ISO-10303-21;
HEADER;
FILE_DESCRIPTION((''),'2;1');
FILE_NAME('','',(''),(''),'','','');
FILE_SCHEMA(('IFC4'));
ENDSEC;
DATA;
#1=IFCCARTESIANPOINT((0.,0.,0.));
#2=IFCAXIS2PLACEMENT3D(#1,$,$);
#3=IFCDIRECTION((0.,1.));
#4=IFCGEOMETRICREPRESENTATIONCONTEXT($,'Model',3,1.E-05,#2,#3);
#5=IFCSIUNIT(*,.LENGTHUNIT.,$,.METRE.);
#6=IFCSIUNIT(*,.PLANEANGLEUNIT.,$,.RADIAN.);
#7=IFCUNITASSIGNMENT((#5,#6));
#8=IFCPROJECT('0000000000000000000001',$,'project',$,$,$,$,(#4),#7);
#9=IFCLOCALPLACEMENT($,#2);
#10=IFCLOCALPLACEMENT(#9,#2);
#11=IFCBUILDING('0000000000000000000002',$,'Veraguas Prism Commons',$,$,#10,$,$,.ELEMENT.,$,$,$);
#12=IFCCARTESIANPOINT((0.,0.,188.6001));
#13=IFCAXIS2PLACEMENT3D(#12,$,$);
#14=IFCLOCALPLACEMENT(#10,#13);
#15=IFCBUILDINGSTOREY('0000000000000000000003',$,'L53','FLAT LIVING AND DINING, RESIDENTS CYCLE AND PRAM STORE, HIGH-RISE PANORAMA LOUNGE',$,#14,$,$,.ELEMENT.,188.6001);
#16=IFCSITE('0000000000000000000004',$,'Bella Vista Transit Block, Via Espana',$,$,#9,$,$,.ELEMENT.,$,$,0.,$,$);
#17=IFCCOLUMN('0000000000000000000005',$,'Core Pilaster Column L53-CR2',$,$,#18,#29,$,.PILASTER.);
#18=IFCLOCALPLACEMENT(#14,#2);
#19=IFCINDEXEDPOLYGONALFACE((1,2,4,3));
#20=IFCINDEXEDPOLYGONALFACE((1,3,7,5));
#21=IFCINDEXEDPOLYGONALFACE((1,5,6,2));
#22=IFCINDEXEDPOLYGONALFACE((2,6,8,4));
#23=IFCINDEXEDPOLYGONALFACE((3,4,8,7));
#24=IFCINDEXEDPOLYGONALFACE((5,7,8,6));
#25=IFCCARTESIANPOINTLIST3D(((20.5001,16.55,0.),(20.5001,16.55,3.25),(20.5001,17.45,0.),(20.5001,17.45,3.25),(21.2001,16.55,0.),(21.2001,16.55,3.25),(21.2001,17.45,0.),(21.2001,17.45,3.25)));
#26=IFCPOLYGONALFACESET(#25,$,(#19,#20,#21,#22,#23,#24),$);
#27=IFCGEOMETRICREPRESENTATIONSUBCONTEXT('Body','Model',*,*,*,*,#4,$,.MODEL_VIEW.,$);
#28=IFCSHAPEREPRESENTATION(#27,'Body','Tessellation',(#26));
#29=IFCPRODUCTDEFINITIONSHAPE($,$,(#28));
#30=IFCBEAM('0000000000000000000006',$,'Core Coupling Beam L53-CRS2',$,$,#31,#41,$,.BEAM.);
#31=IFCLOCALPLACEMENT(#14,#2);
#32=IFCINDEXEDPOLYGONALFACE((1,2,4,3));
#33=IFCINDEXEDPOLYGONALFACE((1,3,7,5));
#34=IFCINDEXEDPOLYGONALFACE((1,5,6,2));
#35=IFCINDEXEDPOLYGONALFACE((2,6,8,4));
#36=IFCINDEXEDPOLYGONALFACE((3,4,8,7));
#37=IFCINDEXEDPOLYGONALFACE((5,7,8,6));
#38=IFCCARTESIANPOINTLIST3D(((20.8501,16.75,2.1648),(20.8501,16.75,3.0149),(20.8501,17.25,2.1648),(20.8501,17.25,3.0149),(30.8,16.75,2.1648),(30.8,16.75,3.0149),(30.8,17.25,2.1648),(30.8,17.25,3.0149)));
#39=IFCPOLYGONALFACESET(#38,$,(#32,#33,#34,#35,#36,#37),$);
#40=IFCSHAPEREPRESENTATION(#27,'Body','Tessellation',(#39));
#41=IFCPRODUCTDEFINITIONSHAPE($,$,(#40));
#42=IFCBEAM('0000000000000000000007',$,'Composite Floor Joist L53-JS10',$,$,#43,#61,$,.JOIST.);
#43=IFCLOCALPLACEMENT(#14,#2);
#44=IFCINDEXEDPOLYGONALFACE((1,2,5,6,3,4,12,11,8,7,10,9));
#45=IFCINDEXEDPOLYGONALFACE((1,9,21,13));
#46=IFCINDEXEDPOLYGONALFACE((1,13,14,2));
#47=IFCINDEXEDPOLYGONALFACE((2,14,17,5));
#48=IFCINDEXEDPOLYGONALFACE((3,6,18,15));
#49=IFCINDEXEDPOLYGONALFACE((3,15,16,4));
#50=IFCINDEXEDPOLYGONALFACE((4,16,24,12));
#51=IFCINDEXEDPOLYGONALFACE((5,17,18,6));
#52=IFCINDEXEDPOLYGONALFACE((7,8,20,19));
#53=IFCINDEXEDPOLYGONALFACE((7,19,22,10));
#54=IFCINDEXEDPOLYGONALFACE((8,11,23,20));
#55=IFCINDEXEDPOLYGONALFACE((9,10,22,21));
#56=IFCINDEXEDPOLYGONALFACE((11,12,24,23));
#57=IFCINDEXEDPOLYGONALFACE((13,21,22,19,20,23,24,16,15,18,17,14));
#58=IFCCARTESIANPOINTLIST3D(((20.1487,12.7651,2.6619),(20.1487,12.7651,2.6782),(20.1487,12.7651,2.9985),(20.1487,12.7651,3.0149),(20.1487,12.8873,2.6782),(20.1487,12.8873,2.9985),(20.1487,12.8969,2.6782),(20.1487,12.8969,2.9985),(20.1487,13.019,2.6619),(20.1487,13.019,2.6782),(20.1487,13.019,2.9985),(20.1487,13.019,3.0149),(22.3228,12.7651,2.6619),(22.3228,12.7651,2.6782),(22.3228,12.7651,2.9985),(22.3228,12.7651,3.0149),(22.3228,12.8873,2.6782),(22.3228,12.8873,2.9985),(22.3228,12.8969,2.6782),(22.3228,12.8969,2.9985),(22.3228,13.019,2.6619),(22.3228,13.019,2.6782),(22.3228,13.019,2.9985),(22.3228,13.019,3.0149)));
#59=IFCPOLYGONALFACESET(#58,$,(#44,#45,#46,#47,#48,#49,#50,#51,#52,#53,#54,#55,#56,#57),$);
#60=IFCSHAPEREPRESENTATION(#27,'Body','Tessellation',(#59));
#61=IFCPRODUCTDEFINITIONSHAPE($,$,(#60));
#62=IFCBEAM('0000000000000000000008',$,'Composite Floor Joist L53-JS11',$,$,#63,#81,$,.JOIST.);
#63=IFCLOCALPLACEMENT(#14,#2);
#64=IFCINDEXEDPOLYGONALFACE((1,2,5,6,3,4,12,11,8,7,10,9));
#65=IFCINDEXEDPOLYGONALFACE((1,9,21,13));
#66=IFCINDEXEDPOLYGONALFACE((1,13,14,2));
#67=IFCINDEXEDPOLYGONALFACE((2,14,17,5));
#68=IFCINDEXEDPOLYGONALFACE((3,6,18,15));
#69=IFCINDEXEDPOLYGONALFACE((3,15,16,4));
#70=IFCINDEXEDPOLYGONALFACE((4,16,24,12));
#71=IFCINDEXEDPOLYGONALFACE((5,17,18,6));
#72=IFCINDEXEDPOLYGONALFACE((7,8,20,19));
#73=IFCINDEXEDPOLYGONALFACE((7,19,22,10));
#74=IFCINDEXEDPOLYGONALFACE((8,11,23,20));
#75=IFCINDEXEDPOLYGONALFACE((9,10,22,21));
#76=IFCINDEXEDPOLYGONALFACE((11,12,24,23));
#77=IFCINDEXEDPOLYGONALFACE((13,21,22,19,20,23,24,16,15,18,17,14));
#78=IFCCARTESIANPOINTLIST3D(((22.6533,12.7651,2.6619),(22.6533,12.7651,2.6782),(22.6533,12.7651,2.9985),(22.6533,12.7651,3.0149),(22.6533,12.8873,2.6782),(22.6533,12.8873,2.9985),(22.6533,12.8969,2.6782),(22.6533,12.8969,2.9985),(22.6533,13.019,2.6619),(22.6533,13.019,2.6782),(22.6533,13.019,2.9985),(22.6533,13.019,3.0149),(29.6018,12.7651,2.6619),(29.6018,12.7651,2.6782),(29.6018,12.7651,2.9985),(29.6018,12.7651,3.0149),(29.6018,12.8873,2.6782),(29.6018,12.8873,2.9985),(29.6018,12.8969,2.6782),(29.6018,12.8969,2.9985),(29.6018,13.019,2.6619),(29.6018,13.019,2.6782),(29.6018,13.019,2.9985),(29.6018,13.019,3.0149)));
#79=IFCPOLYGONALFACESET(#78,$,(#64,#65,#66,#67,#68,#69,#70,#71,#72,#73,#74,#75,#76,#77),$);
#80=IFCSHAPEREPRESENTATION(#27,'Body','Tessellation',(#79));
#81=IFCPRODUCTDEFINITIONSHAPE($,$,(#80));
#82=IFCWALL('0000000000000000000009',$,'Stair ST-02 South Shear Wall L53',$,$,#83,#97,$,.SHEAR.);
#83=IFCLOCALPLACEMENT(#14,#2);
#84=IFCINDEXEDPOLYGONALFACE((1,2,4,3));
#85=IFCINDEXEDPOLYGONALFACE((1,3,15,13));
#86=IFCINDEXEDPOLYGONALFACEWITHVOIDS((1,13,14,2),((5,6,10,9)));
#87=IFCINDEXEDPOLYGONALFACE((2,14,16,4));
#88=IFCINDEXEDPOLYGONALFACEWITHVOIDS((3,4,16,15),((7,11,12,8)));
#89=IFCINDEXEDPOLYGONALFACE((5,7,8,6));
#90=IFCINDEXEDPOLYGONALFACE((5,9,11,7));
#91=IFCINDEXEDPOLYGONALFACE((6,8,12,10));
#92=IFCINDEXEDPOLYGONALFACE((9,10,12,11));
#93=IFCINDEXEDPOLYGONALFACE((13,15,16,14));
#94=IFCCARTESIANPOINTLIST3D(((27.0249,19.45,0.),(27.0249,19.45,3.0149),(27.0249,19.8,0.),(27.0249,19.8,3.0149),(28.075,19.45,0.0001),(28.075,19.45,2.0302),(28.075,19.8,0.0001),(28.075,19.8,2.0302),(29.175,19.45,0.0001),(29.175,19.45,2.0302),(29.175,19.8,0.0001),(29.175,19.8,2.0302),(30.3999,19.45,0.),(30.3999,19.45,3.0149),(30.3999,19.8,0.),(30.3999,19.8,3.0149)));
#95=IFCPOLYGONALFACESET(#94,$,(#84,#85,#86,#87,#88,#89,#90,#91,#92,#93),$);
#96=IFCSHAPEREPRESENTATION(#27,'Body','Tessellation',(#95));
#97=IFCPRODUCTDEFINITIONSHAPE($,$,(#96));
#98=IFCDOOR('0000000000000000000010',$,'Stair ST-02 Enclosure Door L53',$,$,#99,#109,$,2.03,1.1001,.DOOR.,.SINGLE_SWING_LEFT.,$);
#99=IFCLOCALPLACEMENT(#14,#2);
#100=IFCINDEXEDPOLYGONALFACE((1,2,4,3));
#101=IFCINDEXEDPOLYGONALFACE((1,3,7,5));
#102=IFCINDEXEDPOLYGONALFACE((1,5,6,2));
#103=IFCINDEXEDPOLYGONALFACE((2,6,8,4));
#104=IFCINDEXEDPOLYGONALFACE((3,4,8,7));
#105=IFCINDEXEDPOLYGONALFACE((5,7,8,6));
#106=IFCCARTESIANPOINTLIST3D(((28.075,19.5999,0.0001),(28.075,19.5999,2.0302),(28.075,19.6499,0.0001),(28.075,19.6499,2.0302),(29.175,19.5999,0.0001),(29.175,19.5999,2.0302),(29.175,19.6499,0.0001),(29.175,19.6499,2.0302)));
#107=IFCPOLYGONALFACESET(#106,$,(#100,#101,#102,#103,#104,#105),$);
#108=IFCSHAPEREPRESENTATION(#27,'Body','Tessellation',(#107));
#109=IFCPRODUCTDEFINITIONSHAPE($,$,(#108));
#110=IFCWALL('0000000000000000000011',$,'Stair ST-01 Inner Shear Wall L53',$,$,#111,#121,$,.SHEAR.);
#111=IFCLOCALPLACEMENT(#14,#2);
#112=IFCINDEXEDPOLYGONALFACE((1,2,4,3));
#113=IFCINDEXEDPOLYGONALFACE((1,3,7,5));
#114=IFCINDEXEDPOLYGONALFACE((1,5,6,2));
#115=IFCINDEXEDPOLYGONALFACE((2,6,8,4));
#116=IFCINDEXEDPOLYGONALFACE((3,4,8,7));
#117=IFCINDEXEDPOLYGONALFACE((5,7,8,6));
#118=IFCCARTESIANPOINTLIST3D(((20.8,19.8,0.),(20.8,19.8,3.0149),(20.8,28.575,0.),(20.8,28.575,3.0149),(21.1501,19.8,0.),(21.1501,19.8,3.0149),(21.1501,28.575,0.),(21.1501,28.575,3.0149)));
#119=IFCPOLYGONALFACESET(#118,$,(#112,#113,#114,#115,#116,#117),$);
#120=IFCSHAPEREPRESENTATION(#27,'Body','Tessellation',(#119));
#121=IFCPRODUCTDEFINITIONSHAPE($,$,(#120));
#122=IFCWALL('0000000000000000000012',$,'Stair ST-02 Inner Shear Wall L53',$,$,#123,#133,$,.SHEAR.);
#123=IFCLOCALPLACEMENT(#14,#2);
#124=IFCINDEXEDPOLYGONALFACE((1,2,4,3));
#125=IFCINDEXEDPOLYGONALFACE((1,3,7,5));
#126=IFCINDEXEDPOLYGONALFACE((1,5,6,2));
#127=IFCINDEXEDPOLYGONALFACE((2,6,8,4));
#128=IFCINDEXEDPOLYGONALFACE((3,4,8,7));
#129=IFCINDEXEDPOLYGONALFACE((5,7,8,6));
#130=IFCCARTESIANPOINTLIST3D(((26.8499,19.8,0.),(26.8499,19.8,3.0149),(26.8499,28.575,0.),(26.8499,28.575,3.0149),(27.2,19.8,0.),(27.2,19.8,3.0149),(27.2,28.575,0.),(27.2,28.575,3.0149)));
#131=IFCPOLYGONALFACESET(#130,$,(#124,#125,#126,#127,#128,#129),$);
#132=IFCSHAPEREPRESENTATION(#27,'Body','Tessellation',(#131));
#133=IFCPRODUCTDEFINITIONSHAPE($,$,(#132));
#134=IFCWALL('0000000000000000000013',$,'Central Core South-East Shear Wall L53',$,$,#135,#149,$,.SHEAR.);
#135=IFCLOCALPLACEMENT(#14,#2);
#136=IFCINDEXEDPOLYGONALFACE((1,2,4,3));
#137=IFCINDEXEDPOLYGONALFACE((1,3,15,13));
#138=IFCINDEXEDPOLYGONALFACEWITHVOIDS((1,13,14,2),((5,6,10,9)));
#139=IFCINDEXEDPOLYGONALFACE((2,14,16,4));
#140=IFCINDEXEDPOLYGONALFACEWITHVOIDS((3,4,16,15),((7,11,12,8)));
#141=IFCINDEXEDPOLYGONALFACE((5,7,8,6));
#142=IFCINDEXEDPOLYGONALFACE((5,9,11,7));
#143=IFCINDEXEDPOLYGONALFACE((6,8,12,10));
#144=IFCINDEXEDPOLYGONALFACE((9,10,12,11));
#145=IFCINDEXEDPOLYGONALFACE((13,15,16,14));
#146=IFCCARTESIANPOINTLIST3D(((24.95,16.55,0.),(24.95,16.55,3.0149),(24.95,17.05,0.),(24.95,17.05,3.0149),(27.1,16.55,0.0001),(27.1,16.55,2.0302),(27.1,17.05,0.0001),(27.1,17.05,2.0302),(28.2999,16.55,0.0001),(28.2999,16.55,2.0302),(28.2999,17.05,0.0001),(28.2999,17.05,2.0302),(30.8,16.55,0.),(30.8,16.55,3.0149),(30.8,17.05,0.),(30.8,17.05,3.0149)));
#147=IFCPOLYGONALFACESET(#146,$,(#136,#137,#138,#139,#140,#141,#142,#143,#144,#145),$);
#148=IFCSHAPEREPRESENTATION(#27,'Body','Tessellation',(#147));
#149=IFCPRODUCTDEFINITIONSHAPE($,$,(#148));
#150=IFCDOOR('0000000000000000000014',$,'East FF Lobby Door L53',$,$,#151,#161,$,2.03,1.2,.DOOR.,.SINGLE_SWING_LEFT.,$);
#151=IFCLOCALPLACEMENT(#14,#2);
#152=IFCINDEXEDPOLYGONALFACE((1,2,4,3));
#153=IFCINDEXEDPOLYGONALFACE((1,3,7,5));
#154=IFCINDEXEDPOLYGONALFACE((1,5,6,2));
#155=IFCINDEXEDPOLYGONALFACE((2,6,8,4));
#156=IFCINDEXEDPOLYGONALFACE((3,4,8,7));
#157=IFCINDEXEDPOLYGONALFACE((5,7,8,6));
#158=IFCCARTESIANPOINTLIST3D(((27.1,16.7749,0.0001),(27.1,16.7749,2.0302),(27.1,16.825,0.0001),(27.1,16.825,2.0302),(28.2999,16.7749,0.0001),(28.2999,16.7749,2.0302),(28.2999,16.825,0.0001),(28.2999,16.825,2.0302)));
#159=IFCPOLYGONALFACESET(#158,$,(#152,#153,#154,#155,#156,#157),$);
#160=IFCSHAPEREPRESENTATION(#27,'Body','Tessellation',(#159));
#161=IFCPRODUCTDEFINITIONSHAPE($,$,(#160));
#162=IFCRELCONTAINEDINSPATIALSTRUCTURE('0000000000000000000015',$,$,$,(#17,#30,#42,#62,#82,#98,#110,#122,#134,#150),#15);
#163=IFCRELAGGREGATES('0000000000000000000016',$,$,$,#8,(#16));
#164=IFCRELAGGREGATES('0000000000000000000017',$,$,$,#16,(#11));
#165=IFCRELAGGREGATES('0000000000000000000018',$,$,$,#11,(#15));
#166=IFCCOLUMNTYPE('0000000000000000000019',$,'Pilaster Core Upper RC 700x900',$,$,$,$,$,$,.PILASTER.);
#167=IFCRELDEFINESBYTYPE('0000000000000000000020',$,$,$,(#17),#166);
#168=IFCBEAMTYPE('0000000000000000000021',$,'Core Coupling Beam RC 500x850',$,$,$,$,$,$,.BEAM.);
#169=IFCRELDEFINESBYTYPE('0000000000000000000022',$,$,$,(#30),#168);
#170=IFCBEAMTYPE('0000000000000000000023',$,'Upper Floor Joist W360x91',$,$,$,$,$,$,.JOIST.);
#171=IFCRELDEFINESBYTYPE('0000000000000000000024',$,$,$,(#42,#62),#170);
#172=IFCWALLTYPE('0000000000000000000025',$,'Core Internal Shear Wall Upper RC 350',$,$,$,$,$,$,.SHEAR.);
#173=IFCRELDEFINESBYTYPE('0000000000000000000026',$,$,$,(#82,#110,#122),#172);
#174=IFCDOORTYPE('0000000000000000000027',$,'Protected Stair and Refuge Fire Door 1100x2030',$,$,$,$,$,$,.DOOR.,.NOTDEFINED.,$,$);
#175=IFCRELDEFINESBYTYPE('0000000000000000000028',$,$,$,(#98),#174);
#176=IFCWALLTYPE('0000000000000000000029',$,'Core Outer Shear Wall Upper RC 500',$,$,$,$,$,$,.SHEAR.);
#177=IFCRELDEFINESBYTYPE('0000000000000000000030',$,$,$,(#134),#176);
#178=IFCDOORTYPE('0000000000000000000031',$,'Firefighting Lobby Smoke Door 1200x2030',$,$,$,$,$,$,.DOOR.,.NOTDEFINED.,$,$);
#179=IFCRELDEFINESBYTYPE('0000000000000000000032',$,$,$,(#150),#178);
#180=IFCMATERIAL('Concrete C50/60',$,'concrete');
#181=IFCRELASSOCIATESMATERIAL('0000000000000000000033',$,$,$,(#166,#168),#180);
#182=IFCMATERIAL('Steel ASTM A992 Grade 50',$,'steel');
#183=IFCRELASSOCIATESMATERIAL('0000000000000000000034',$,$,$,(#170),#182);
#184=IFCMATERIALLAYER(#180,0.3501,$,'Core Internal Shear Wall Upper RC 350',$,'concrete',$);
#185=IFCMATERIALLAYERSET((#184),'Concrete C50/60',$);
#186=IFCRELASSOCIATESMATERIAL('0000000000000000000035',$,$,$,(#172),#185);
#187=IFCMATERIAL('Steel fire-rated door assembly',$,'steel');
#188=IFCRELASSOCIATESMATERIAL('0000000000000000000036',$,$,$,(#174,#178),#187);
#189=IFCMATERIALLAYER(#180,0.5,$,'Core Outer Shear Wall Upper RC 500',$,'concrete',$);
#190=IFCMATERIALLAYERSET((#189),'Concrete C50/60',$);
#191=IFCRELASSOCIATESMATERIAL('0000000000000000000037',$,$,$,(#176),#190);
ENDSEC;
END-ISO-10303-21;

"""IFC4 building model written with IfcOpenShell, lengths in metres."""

from ifc_helpers import new_model, si_unit, direction, frame, frame_2d, origin, origin_2d, place, context, subcontext, project, spatial, rectangle, i_section, extrude, source, transform, mapped, material, layer, layer_set, material_profile, profile_set, type_object, element, fill, save


model = new_model("IFC4")

# Units and contexts
model_context = context("Model", 3, precision=1e-05, world=origin(), true_north=direction((0.0, 1.0)))
body_context = subcontext(model_context, "Body", "Model", "MODEL_VIEW")
ifc_project = project(units=[si_unit("LENGTHUNIT", "METRE"), si_unit("PLANEANGLEUNIT", "RADIAN")], contexts=[model_context])

# Site, building, storey
site_placement = place(None, origin())
site = spatial("IfcSite", under=ifc_project, at=site_placement, Name="Bella Vista Transit Block, Via Espana", CompositionType="ELEMENT", RefElevation=0.0)
building_placement = place(site_placement, origin())
building = spatial("IfcBuilding", under=site, at=building_placement, Name="Veraguas Prism Commons", CompositionType="ELEMENT")
storey_placement = place(building_placement, frame((0.0, 0.0, 188.6001)))
storey = spatial("IfcBuildingStorey", under=building, at=storey_placement, Name="L53", Description="FLAT LIVING AND DINING, RESIDENTS CYCLE AND PRAM STORE, HIGH-RISE PANORAMA LOUNGE", CompositionType="ELEMENT", Elevation=188.6001)

# Column
ifc_material_1 = material(Name="Concrete C50/60", Category="concrete")
ifc_material_profile_1 = material_profile(ifc_material_1, rectangle(XDim=0.7, YDim=0.8999, at=origin_2d()), Name="RC700X900")
ifc_profile_set_1 = profile_set([ifc_material_profile_1], Name="Concrete C50/60")
column_type = type_object("IfcColumnType", Name="Pilaster Core Upper RC 700x900", PredefinedType="PILASTER", material=ifc_profile_set_1)
column_placement = place(storey_placement, frame((20.8501, 17.0, 0.0), z_axis=(0.0, 0.0, 1.0), x_axis=(1.0, 0.0, 0.0)))
element("IfcColumn", 1, at=column_placement, inside=storey, type_object=column_type, Name="Core Pilaster Column L53-CR2", PredefinedType="PILASTER", context=body_context, shape_type="SweptSolid", body=[
    extrude(rectangle(XDim=0.7, YDim=0.8999, at=origin_2d()), origin(), (0.0, 0.0, 1.0), 3.25),
])

# Beams
ifc_material_profile_2 = material_profile(ifc_material_1, rectangle(XDim=0.5, YDim=0.8501, at=origin_2d()), Name="RC500X850")
ifc_profile_set_2 = profile_set([ifc_material_profile_2], Name="Concrete C50/60")
beam_type_1 = type_object("IfcBeamType", Name="Core Coupling Beam RC 500x850", PredefinedType="BEAM", material=ifc_profile_set_2)
beam_1_placement = place(storey_placement, frame((20.8501, 17.0, 2.5898), z_axis=(1.0, 0.0, 0.0), x_axis=(0.0, 1.0, 0.0)))
element("IfcBeam", 2, at=beam_1_placement, inside=storey, type_object=beam_type_1, Name="Core Coupling Beam L53-CRS2", PredefinedType="BEAM", context=body_context, shape_type="SweptSolid", body=[
    extrude(rectangle(XDim=0.5, YDim=0.8501, at=origin_2d()), origin(), (0.0, 0.0, 1.0), 9.95),
])
ifc_material_2 = material(Name="Steel ASTM A992 Grade 50", Category="steel")
ifc_material_profile_3 = material_profile(ifc_material_2, i_section(OverallWidth=0.2539, OverallDepth=0.353, WebThickness=0.0095, FlangeThickness=0.0164, at=origin_2d()), Name="W360X91")
ifc_profile_set_3 = profile_set([ifc_material_profile_3], Name="Steel ASTM A992 Grade 50")
beam_type_2 = type_object("IfcBeamType", Name="Upper Floor Joist W360x91", PredefinedType="JOIST", material=ifc_profile_set_3)
beam_2_placement = place(storey_placement, frame((20.1487, 12.8921, 2.8384), z_axis=(1.0, 0.0, 0.0), x_axis=(0.0, 1.0, 0.0)))
element("IfcBeam", 3, at=beam_2_placement, inside=storey, type_object=beam_type_2, Name="Composite Floor Joist L53-JS10", PredefinedType="JOIST", context=body_context, shape_type="SweptSolid", body=[
    extrude(i_section(OverallWidth=0.2539, OverallDepth=0.353, WebThickness=0.0095, FlangeThickness=0.0164, at=origin_2d()), origin(), (0.0, 0.0, 1.0), 2.1741),
])
beam_3_placement = place(storey_placement, frame((22.6533, 12.8921, 2.8384), z_axis=(1.0, 0.0, 0.0), x_axis=(0.0, 1.0, 0.0)))
element("IfcBeam", 4, at=beam_3_placement, inside=storey, type_object=beam_type_2, Name="Composite Floor Joist L53-JS11", PredefinedType="JOIST", context=body_context, shape_type="SweptSolid", body=[
    extrude(i_section(OverallWidth=0.2539, OverallDepth=0.353, WebThickness=0.0095, FlangeThickness=0.0164, at=origin_2d()), origin(), (0.0, 0.0, 1.0), 6.9485),
])

# Wall, opening, door
ifc_layer_1 = layer(ifc_material_1, 0.3501, Name="Core Internal Shear Wall Upper RC 350", Category="concrete")
ifc_layer_set_1 = layer_set([ifc_layer_1], Name="Concrete C50/60")
wall_type_1 = type_object("IfcWallType", Name="Core Internal Shear Wall Upper RC 350", PredefinedType="SHEAR", material=ifc_layer_set_1)
wall_1_placement = place(storey_placement, frame((27.0249, 19.625, 0.0), z_axis=(0.0, 0.0, 1.0), x_axis=(1.0, 0.0, 0.0)))
wall_1 = element("IfcWall", 5, at=wall_1_placement, inside=storey, type_object=wall_type_1, Name="Stair ST-02 South Shear Wall L53", PredefinedType="SHEAR", context=body_context, shape_type="SweptSolid", body=[
    extrude(rectangle(XDim=3.375, YDim=0.3501, at=frame_2d((1.6875, 0.0))), origin(), (0.0, 0.0, 1.0), 3.0149),
])
opening_1_placement = place(wall_1_placement, frame((1.05, 0.0, 0.0)))
opening_1 = element("IfcOpeningElement", 6, at=opening_1_placement, cuts=wall_1, PredefinedType="OPENING", context=body_context, shape_type="SweptSolid", body=[
    extrude(rectangle(XDim=1.1001, YDim=2.03, at=frame_2d((0.55, 1.0151))), frame((0.0, 0.1851, 0.0), z_axis=(0.0, -1.0, 0.0), x_axis=(1.0, 0.0, 0.0)), (0.0, 0.0, 1.0), 0.3701),
])
ifc_material_3 = material(Name="Steel fire-rated door assembly", Category="steel")
door_type_1 = type_object("IfcDoorType", Name="Protected Stair and Refuge Fire Door 1100x2030", OperationType="NOTDEFINED", PredefinedType="DOOR", material=ifc_material_3)
shared_shape_1 = source(origin(), body_context, "Body", "SweptSolid", [
    extrude(rectangle(XDim=1.1001, YDim=2.03, at=frame_2d((0.55, 1.0151))), frame((0.0, 0.0249, 0.0), z_axis=(0.0, -1.0, 0.0), x_axis=(1.0, 0.0, 0.0)), (0.0, 0.0, 1.0), 0.05),
])
door_1_placement = place(opening_1_placement, origin())
door_1 = element("IfcDoor", 7, at=door_1_placement, inside=storey, type_object=door_type_1, Name="Stair ST-02 Enclosure Door L53", OperationType="SINGLE_SWING_LEFT", OverallHeight=2.03, OverallWidth=1.1001, PredefinedType="DOOR", context=body_context, shape_type="MappedRepresentation", body=[
    mapped(shared_shape_1, transform((0.0, 0.0, 0.0), scale=1.0)),
])
fill(opening_1, door_1)

# Walls
for number, where, z_axis, x_axis, name in (
    (8, (20.9751, 19.8, 0.0), (0.0, 0.0, 1.0), (0.0, 1.0, 0.0), "Stair ST-01 Inner Shear Wall L53"),
    (9, (27.0249, 19.8, 0.0), (0.0, 0.0, 1.0), (0.0, 1.0, 0.0), "Stair ST-02 Inner Shear Wall L53"),
):
    element("IfcWall", number, at=place(storey_placement, frame(where, z_axis=z_axis, x_axis=x_axis)), inside=storey, type_object=wall_type_1, Name=name, PredefinedType="SHEAR", context=body_context, shape_type="SweptSolid", body=[
        extrude(rectangle(XDim=8.7749, YDim=0.3501, at=frame_2d((4.3875, 0.0))), origin(), (0.0, 0.0, 1.0), 3.0149),
    ])

# Wall, opening, door
ifc_layer_2 = layer(ifc_material_1, 0.5, Name="Core Outer Shear Wall Upper RC 500", Category="concrete")
ifc_layer_set_2 = layer_set([ifc_layer_2], Name="Concrete C50/60")
wall_type_2 = type_object("IfcWallType", Name="Core Outer Shear Wall Upper RC 500", PredefinedType="SHEAR", material=ifc_layer_set_2)
wall_2_placement = place(storey_placement, frame((24.95, 16.8, 0.0), z_axis=(0.0, 0.0, 1.0), x_axis=(1.0, 0.0, 0.0)))
wall_2 = element("IfcWall", 10, at=wall_2_placement, inside=storey, type_object=wall_type_2, Name="Central Core South-East Shear Wall L53", PredefinedType="SHEAR", context=body_context, shape_type="SweptSolid", body=[
    extrude(rectangle(XDim=5.8501, YDim=0.5, at=frame_2d((2.925, 0.0))), origin(), (0.0, 0.0, 1.0), 3.0149),
])
opening_2_placement = place(wall_2_placement, frame((2.1499, 0.0, 0.0)))
opening_2 = element("IfcOpeningElement", 11, at=opening_2_placement, cuts=wall_2, PredefinedType="OPENING", context=body_context, shape_type="SweptSolid", body=[
    extrude(rectangle(XDim=1.2, YDim=2.03, at=frame_2d((0.6001, 1.0151))), frame((0.0, 0.26, 0.0), z_axis=(0.0, -1.0, 0.0), x_axis=(1.0, 0.0, 0.0)), (0.0, 0.0, 1.0), 0.52),
])
door_type_2 = type_object("IfcDoorType", Name="Firefighting Lobby Smoke Door 1200x2030", OperationType="NOTDEFINED", PredefinedType="DOOR", material=ifc_material_3)
shared_shape_2 = source(origin(), body_context, "Body", "SweptSolid", [
    extrude(rectangle(XDim=1.2, YDim=2.03, at=frame_2d((0.6001, 1.0151))), frame((0.0, 0.0249, 0.0), z_axis=(0.0, -1.0, 0.0), x_axis=(1.0, 0.0, 0.0)), (0.0, 0.0, 1.0), 0.05),
])
door_2_placement = place(opening_2_placement, origin())
door_2 = element("IfcDoor", 12, at=door_2_placement, inside=storey, type_object=door_type_2, Name="East FF Lobby Door L53", OperationType="SINGLE_SWING_LEFT", OverallHeight=2.03, OverallWidth=1.2, PredefinedType="DOOR", context=body_context, shape_type="MappedRepresentation", body=[
    mapped(shared_shape_2, transform((0.0, 0.0, 0.0), scale=1.0)),
])
fill(opening_2, door_2)

save(model, "model.ifc")
